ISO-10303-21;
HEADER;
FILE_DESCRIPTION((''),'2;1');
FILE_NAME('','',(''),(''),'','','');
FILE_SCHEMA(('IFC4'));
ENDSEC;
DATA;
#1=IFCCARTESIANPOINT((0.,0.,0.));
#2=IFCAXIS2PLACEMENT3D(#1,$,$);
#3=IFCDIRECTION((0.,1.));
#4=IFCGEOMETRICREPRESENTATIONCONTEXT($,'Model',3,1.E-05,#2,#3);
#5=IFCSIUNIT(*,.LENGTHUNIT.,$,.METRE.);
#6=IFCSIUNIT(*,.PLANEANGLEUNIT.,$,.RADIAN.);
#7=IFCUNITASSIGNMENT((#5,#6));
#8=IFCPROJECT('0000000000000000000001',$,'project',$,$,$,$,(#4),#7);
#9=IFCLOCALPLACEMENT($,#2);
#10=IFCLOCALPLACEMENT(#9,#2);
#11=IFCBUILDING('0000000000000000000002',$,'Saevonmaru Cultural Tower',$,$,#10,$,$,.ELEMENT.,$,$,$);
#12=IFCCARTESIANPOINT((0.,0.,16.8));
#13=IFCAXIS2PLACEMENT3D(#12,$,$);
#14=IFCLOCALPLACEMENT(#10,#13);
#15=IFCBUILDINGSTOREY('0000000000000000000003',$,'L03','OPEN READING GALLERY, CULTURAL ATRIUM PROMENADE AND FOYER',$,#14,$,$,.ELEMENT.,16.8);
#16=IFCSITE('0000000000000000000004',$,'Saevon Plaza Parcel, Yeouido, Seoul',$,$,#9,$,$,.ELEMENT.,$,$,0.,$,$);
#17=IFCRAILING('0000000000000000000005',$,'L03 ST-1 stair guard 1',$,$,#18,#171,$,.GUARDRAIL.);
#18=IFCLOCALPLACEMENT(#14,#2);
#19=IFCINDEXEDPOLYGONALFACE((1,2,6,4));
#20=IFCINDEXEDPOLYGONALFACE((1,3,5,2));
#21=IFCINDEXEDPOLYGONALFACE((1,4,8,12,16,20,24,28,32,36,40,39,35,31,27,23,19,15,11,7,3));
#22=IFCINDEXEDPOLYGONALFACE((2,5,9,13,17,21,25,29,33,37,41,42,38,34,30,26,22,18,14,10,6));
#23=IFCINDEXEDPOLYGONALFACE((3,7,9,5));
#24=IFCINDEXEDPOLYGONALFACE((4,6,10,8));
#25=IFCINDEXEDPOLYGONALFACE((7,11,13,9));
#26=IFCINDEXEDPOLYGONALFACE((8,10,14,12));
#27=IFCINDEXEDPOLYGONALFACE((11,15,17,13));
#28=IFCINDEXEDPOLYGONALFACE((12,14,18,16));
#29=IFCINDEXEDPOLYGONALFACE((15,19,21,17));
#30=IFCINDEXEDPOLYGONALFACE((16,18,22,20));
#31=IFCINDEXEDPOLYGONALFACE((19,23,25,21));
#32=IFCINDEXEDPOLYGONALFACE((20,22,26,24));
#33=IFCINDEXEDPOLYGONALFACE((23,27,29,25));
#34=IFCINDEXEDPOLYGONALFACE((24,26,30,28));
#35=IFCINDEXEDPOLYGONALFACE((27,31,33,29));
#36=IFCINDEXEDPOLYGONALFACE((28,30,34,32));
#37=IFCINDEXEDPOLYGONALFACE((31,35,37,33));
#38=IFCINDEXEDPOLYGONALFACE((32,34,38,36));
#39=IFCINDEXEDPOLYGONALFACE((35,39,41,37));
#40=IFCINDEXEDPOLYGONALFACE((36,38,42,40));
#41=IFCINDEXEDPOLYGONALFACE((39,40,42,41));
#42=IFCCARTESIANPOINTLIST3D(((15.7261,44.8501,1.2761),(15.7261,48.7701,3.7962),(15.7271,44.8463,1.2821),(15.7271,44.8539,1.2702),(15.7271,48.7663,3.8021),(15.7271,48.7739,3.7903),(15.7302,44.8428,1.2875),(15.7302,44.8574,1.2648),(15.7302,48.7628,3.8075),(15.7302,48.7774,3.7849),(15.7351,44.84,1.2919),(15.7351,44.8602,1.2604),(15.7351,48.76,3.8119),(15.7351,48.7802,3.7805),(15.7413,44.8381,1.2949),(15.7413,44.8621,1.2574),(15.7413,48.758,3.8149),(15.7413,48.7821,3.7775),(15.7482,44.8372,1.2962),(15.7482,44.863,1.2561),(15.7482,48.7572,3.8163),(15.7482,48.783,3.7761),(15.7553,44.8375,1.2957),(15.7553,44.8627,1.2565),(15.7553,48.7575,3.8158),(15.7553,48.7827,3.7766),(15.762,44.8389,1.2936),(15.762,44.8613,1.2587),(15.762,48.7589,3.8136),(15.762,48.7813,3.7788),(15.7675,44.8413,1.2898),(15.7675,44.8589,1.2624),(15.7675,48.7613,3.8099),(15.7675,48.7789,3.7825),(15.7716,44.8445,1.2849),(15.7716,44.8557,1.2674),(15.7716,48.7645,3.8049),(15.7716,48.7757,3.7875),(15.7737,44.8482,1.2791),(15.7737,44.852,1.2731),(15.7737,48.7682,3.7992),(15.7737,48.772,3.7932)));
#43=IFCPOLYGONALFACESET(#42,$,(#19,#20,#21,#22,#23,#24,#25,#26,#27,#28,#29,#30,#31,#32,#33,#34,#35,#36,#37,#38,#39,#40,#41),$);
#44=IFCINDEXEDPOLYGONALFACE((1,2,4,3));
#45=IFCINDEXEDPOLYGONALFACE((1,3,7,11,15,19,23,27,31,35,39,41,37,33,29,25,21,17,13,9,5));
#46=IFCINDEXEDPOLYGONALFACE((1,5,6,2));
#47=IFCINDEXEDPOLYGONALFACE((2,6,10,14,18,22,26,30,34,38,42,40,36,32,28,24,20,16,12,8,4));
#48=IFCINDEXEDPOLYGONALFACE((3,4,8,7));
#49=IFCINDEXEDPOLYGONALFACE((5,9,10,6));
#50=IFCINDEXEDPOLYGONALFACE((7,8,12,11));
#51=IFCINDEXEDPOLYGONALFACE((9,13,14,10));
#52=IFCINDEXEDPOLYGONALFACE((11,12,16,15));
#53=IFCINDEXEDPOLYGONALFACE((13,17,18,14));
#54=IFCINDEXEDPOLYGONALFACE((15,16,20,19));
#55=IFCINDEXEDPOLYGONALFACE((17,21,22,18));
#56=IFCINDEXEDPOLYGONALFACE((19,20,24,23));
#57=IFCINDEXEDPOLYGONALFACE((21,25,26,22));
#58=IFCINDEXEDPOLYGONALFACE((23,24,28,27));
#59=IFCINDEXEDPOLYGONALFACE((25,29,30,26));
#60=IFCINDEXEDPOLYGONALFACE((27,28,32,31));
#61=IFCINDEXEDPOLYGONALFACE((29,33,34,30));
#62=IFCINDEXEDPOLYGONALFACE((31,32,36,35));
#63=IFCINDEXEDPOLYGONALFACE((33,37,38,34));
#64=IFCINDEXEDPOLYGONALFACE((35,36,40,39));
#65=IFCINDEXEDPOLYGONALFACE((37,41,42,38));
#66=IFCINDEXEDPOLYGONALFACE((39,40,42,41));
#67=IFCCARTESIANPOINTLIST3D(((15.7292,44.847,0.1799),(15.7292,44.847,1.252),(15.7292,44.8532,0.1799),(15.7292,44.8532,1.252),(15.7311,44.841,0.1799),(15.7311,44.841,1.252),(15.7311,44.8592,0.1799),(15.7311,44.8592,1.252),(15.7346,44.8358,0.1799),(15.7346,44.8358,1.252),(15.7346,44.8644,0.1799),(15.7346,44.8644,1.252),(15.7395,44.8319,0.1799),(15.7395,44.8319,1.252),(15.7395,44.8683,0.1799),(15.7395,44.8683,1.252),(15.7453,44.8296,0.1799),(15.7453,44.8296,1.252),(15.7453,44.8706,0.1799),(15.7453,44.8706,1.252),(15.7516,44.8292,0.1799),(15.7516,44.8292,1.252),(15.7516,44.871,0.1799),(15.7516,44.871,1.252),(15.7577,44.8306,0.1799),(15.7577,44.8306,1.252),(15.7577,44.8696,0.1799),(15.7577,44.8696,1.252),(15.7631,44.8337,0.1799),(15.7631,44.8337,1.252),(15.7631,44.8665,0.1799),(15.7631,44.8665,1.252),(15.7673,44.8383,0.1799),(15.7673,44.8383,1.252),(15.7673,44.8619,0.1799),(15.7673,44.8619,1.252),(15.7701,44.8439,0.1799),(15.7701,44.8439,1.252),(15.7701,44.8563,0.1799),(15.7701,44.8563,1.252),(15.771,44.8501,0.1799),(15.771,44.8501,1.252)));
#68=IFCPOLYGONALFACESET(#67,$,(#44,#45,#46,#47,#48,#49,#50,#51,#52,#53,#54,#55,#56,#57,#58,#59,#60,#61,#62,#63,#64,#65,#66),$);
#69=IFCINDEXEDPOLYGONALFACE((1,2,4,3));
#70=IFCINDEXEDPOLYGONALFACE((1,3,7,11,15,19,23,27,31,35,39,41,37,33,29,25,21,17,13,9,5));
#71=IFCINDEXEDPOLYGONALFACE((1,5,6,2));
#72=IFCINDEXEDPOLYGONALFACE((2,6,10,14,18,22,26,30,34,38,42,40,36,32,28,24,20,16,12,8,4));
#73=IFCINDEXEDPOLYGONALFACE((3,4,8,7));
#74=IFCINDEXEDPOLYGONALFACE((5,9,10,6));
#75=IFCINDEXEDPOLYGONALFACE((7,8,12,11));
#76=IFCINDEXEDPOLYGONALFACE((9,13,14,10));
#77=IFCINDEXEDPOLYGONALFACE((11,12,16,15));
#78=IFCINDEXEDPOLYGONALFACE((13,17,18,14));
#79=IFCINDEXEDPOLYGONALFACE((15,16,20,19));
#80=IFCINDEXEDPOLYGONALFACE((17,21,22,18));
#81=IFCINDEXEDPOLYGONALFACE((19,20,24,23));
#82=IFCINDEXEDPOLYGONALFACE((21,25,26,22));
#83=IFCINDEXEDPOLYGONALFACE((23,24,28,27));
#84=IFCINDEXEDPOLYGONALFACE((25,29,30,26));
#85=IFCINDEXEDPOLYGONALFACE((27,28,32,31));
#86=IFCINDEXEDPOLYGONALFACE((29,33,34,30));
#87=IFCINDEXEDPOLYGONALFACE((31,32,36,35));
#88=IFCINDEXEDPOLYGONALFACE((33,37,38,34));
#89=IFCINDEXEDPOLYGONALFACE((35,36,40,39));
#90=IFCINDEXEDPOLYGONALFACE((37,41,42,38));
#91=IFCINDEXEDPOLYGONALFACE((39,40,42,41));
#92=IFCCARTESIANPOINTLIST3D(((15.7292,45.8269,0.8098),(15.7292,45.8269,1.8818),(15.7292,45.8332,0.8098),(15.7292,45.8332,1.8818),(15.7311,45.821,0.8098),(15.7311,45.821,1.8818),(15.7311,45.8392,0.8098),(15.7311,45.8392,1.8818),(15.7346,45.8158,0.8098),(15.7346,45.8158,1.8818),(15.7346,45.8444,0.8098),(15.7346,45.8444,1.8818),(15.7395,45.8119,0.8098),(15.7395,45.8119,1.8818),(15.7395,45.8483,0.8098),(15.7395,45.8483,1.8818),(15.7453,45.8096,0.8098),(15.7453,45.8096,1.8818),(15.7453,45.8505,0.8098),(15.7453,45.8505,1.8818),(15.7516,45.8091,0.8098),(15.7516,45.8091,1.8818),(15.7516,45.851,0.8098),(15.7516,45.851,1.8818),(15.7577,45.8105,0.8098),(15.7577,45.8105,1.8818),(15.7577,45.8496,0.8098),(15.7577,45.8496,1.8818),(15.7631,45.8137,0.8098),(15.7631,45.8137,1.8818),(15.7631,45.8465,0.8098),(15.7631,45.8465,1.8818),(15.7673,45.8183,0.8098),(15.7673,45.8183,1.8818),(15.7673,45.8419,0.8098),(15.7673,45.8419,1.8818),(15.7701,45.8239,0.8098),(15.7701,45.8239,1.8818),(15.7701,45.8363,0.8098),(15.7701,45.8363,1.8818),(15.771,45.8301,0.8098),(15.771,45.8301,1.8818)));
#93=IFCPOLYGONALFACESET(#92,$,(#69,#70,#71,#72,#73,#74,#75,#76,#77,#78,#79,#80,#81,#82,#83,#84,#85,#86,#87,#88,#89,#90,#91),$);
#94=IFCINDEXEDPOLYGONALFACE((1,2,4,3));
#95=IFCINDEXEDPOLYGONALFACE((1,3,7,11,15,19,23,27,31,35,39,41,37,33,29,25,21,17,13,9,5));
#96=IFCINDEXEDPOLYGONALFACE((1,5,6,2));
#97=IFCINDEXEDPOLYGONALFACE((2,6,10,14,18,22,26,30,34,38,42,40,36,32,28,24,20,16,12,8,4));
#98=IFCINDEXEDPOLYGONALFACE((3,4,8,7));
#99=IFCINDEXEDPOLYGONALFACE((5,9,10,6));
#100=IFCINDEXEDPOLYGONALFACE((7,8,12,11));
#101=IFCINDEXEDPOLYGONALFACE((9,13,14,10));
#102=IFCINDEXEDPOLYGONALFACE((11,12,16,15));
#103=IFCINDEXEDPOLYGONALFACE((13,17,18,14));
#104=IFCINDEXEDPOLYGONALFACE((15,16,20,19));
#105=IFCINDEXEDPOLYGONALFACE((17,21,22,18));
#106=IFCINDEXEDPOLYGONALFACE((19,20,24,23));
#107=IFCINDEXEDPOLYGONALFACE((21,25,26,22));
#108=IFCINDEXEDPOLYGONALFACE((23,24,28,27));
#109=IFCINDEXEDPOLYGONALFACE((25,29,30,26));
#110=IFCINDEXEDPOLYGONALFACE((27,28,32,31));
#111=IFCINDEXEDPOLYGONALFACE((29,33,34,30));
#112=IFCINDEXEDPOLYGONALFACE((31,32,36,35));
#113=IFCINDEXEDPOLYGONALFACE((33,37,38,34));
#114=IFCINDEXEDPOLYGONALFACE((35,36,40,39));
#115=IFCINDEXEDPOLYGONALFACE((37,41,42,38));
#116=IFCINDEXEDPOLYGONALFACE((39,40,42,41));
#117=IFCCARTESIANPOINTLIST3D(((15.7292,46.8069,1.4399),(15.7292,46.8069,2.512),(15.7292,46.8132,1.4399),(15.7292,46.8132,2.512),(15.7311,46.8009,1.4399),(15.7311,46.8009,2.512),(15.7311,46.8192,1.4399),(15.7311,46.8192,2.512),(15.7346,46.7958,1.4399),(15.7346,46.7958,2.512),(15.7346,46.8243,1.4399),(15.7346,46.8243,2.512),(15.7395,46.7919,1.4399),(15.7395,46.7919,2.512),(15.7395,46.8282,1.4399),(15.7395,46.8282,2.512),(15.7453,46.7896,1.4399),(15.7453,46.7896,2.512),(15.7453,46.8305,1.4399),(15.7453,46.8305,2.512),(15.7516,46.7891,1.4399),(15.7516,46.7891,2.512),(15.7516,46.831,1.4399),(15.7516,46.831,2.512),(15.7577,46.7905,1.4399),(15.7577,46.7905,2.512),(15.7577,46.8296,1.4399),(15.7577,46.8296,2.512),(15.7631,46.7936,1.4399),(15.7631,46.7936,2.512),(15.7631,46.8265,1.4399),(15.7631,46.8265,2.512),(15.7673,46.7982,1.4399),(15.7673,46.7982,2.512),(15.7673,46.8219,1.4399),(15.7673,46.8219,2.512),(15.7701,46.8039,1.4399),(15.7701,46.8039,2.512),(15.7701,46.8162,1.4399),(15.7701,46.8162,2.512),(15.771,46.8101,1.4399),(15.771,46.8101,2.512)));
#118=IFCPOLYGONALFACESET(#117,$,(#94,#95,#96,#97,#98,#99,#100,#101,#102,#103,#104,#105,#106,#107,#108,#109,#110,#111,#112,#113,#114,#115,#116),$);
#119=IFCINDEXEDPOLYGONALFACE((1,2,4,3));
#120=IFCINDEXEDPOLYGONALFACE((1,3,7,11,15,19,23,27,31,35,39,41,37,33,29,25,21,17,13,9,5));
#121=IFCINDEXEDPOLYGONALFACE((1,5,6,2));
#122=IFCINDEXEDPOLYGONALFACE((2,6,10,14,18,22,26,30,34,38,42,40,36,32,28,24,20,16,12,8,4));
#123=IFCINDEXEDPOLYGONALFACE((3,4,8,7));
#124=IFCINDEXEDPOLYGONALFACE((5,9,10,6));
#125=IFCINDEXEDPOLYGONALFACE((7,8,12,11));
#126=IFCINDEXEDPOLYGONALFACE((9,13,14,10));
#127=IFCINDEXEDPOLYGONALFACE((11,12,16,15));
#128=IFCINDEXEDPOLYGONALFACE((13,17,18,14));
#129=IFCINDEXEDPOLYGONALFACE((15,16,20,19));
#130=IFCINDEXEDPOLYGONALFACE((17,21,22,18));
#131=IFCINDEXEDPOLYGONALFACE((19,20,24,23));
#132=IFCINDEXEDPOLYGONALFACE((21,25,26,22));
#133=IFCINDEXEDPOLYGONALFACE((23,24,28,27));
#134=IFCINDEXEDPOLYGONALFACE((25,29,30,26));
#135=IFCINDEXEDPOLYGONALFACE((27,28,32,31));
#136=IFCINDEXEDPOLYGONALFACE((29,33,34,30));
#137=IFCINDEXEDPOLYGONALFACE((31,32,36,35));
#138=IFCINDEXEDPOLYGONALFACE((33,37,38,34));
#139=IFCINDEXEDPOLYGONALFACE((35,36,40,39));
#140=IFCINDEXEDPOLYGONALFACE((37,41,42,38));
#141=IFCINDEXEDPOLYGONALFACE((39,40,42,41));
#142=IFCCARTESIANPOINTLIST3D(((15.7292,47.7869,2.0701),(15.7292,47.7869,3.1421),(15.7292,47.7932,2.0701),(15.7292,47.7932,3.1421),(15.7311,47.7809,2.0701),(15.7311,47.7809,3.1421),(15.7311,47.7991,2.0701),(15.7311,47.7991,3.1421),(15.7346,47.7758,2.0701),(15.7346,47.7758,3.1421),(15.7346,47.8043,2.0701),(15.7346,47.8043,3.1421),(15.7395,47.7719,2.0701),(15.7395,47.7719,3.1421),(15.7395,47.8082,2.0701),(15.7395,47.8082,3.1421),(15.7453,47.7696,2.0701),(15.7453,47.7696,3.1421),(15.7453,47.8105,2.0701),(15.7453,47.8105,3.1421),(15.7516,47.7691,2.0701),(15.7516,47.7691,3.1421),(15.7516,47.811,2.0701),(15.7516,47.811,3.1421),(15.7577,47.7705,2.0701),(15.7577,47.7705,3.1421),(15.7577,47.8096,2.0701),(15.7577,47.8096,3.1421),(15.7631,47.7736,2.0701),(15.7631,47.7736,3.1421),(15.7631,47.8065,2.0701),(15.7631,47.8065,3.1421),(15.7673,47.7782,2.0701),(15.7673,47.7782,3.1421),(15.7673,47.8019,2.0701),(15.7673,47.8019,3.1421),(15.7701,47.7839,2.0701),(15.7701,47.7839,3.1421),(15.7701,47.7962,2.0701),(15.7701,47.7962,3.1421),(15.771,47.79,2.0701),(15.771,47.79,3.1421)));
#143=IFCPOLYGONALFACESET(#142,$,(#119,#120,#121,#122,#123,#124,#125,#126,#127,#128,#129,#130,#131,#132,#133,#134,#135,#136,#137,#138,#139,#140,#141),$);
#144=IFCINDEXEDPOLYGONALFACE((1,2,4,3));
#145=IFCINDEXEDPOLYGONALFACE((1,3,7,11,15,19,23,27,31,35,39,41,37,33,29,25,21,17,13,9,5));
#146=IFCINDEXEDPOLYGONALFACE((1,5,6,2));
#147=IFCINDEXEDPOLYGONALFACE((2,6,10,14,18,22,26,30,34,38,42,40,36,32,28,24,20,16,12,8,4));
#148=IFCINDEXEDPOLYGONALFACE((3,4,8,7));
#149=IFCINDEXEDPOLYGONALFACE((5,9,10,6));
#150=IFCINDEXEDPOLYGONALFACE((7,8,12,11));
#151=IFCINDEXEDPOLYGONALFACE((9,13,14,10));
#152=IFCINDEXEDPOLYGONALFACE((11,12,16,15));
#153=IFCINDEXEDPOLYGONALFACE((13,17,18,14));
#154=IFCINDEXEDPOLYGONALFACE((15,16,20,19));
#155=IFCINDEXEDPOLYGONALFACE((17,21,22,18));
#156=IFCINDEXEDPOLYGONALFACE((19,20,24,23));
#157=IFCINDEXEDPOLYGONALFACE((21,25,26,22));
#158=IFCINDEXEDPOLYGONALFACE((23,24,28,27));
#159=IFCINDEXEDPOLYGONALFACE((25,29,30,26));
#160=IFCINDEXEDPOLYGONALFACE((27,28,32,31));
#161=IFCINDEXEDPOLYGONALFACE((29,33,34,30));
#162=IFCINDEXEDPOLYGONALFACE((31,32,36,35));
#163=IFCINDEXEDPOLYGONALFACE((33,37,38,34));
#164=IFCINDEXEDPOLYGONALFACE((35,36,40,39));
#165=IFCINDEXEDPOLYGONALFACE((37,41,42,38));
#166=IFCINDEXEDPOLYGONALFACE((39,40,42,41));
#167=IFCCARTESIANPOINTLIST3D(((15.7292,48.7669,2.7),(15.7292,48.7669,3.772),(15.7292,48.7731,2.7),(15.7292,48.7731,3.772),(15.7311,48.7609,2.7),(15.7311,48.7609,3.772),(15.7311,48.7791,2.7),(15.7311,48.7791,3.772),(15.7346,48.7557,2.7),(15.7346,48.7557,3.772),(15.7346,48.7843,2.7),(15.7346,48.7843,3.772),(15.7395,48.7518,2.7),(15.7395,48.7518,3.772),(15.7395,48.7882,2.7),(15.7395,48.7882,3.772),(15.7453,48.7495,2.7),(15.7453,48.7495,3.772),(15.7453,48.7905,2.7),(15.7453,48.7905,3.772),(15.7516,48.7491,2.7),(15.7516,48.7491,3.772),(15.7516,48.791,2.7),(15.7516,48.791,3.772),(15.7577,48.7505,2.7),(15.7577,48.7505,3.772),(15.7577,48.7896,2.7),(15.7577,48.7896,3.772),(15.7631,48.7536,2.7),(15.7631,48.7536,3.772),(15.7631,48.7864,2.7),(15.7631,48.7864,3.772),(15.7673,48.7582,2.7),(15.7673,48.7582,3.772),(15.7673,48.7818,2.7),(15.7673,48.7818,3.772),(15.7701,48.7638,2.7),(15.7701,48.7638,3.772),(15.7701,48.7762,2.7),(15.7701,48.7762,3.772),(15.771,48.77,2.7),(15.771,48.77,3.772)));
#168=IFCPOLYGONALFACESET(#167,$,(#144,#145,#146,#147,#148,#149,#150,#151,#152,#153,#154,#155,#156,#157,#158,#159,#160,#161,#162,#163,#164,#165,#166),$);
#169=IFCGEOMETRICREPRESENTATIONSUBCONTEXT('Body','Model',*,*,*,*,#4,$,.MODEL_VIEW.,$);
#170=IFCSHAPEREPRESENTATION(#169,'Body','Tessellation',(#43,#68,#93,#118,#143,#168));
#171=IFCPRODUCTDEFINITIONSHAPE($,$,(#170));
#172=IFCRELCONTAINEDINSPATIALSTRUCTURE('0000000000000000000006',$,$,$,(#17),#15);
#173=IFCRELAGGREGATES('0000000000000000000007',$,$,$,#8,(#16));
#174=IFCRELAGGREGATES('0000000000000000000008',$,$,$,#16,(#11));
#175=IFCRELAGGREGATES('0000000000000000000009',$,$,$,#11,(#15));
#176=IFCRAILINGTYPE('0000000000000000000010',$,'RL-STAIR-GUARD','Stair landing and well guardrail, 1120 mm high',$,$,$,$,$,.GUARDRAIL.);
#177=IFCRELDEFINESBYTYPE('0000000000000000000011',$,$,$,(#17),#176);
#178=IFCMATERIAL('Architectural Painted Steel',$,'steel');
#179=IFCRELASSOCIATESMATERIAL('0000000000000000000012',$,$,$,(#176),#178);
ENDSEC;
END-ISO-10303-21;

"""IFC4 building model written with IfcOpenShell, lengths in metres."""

from ifc_helpers import new_model, si_unit, direction, frame, origin, origin_2d, place, context, subcontext, project, spatial, circle, extrude, material, type_object, element, save


model = new_model("IFC4")

# Units and contexts
model_context = context("Model", 3, precision=1e-05, world=origin(), true_north=direction((0.0, 1.0)))
body_context = subcontext(model_context, "Body", "Model", "MODEL_VIEW")
ifc_project = project(units=[si_unit("LENGTHUNIT", "METRE"), si_unit("PLANEANGLEUNIT", "RADIAN")], contexts=[model_context])

# Site, building, storey
site_placement = place(None, origin())
site = spatial("IfcSite", under=ifc_project, at=site_placement, Name="Saevon Plaza Parcel, Yeouido, Seoul", CompositionType="ELEMENT", RefElevation=0.0)
building_placement = place(site_placement, origin())
building = spatial("IfcBuilding", under=site, at=building_placement, Name="Saevonmaru Cultural Tower", CompositionType="ELEMENT")
storey_placement = place(building_placement, frame((0.0, 0.0, 16.8)))
storey = spatial("IfcBuildingStorey", under=building, at=storey_placement, Name="L03", Description="OPEN READING GALLERY, CULTURAL ATRIUM PROMENADE AND FOYER", CompositionType="ELEMENT", Elevation=16.8)

# Railing
ifc_material_1 = material(Name="Architectural Painted Steel", Category="steel")
railing_type_1 = type_object("IfcRailingType", Name="RL-STAIR-GUARD", Description="Stair landing and well guardrail, 1120 mm high", PredefinedType="GUARDRAIL", material=ifc_material_1)
railing_1_placement = place(storey_placement, frame((15.75, 44.8501, 0.1799)))
element("IfcRailing", 1, at=railing_1_placement, inside=storey, type_object=railing_type_1, Name="L03 ST-1 stair guard 1", PredefinedType="GUARDRAIL", context=body_context, shape_type="SweptSolid", body=[
    extrude(circle(Radius=0.0239, at=origin_2d()), frame((0.0, 0.0, 1.0962), z_axis=(0.0, 0.841172, 0.540768), x_axis=(-1.0, 0.0, 0.0)), (0.0, 0.0, 1.0), 4.6602),
    extrude(circle(Radius=0.021, at=origin_2d()), origin(), (0.0, 0.0, 1.0), 1.072),
    extrude(circle(Radius=0.021, at=origin_2d()), frame((0.0, 0.98, 0.6299)), (0.0, 0.0, 1.0), 1.072),
    extrude(circle(Radius=0.021, at=origin_2d()), frame((0.0, 1.96, 1.26)), (0.0, 0.0, 1.0), 1.072),
    extrude(circle(Radius=0.021, at=origin_2d()), frame((0.0, 2.9399, 1.8901)), (0.0, 0.0, 1.0), 1.072),
    extrude(circle(Radius=0.021, at=origin_2d()), frame((0.0, 3.9199, 2.52)), (0.0, 0.0, 1.0), 1.072),
])

save(model, "model.ifc")
